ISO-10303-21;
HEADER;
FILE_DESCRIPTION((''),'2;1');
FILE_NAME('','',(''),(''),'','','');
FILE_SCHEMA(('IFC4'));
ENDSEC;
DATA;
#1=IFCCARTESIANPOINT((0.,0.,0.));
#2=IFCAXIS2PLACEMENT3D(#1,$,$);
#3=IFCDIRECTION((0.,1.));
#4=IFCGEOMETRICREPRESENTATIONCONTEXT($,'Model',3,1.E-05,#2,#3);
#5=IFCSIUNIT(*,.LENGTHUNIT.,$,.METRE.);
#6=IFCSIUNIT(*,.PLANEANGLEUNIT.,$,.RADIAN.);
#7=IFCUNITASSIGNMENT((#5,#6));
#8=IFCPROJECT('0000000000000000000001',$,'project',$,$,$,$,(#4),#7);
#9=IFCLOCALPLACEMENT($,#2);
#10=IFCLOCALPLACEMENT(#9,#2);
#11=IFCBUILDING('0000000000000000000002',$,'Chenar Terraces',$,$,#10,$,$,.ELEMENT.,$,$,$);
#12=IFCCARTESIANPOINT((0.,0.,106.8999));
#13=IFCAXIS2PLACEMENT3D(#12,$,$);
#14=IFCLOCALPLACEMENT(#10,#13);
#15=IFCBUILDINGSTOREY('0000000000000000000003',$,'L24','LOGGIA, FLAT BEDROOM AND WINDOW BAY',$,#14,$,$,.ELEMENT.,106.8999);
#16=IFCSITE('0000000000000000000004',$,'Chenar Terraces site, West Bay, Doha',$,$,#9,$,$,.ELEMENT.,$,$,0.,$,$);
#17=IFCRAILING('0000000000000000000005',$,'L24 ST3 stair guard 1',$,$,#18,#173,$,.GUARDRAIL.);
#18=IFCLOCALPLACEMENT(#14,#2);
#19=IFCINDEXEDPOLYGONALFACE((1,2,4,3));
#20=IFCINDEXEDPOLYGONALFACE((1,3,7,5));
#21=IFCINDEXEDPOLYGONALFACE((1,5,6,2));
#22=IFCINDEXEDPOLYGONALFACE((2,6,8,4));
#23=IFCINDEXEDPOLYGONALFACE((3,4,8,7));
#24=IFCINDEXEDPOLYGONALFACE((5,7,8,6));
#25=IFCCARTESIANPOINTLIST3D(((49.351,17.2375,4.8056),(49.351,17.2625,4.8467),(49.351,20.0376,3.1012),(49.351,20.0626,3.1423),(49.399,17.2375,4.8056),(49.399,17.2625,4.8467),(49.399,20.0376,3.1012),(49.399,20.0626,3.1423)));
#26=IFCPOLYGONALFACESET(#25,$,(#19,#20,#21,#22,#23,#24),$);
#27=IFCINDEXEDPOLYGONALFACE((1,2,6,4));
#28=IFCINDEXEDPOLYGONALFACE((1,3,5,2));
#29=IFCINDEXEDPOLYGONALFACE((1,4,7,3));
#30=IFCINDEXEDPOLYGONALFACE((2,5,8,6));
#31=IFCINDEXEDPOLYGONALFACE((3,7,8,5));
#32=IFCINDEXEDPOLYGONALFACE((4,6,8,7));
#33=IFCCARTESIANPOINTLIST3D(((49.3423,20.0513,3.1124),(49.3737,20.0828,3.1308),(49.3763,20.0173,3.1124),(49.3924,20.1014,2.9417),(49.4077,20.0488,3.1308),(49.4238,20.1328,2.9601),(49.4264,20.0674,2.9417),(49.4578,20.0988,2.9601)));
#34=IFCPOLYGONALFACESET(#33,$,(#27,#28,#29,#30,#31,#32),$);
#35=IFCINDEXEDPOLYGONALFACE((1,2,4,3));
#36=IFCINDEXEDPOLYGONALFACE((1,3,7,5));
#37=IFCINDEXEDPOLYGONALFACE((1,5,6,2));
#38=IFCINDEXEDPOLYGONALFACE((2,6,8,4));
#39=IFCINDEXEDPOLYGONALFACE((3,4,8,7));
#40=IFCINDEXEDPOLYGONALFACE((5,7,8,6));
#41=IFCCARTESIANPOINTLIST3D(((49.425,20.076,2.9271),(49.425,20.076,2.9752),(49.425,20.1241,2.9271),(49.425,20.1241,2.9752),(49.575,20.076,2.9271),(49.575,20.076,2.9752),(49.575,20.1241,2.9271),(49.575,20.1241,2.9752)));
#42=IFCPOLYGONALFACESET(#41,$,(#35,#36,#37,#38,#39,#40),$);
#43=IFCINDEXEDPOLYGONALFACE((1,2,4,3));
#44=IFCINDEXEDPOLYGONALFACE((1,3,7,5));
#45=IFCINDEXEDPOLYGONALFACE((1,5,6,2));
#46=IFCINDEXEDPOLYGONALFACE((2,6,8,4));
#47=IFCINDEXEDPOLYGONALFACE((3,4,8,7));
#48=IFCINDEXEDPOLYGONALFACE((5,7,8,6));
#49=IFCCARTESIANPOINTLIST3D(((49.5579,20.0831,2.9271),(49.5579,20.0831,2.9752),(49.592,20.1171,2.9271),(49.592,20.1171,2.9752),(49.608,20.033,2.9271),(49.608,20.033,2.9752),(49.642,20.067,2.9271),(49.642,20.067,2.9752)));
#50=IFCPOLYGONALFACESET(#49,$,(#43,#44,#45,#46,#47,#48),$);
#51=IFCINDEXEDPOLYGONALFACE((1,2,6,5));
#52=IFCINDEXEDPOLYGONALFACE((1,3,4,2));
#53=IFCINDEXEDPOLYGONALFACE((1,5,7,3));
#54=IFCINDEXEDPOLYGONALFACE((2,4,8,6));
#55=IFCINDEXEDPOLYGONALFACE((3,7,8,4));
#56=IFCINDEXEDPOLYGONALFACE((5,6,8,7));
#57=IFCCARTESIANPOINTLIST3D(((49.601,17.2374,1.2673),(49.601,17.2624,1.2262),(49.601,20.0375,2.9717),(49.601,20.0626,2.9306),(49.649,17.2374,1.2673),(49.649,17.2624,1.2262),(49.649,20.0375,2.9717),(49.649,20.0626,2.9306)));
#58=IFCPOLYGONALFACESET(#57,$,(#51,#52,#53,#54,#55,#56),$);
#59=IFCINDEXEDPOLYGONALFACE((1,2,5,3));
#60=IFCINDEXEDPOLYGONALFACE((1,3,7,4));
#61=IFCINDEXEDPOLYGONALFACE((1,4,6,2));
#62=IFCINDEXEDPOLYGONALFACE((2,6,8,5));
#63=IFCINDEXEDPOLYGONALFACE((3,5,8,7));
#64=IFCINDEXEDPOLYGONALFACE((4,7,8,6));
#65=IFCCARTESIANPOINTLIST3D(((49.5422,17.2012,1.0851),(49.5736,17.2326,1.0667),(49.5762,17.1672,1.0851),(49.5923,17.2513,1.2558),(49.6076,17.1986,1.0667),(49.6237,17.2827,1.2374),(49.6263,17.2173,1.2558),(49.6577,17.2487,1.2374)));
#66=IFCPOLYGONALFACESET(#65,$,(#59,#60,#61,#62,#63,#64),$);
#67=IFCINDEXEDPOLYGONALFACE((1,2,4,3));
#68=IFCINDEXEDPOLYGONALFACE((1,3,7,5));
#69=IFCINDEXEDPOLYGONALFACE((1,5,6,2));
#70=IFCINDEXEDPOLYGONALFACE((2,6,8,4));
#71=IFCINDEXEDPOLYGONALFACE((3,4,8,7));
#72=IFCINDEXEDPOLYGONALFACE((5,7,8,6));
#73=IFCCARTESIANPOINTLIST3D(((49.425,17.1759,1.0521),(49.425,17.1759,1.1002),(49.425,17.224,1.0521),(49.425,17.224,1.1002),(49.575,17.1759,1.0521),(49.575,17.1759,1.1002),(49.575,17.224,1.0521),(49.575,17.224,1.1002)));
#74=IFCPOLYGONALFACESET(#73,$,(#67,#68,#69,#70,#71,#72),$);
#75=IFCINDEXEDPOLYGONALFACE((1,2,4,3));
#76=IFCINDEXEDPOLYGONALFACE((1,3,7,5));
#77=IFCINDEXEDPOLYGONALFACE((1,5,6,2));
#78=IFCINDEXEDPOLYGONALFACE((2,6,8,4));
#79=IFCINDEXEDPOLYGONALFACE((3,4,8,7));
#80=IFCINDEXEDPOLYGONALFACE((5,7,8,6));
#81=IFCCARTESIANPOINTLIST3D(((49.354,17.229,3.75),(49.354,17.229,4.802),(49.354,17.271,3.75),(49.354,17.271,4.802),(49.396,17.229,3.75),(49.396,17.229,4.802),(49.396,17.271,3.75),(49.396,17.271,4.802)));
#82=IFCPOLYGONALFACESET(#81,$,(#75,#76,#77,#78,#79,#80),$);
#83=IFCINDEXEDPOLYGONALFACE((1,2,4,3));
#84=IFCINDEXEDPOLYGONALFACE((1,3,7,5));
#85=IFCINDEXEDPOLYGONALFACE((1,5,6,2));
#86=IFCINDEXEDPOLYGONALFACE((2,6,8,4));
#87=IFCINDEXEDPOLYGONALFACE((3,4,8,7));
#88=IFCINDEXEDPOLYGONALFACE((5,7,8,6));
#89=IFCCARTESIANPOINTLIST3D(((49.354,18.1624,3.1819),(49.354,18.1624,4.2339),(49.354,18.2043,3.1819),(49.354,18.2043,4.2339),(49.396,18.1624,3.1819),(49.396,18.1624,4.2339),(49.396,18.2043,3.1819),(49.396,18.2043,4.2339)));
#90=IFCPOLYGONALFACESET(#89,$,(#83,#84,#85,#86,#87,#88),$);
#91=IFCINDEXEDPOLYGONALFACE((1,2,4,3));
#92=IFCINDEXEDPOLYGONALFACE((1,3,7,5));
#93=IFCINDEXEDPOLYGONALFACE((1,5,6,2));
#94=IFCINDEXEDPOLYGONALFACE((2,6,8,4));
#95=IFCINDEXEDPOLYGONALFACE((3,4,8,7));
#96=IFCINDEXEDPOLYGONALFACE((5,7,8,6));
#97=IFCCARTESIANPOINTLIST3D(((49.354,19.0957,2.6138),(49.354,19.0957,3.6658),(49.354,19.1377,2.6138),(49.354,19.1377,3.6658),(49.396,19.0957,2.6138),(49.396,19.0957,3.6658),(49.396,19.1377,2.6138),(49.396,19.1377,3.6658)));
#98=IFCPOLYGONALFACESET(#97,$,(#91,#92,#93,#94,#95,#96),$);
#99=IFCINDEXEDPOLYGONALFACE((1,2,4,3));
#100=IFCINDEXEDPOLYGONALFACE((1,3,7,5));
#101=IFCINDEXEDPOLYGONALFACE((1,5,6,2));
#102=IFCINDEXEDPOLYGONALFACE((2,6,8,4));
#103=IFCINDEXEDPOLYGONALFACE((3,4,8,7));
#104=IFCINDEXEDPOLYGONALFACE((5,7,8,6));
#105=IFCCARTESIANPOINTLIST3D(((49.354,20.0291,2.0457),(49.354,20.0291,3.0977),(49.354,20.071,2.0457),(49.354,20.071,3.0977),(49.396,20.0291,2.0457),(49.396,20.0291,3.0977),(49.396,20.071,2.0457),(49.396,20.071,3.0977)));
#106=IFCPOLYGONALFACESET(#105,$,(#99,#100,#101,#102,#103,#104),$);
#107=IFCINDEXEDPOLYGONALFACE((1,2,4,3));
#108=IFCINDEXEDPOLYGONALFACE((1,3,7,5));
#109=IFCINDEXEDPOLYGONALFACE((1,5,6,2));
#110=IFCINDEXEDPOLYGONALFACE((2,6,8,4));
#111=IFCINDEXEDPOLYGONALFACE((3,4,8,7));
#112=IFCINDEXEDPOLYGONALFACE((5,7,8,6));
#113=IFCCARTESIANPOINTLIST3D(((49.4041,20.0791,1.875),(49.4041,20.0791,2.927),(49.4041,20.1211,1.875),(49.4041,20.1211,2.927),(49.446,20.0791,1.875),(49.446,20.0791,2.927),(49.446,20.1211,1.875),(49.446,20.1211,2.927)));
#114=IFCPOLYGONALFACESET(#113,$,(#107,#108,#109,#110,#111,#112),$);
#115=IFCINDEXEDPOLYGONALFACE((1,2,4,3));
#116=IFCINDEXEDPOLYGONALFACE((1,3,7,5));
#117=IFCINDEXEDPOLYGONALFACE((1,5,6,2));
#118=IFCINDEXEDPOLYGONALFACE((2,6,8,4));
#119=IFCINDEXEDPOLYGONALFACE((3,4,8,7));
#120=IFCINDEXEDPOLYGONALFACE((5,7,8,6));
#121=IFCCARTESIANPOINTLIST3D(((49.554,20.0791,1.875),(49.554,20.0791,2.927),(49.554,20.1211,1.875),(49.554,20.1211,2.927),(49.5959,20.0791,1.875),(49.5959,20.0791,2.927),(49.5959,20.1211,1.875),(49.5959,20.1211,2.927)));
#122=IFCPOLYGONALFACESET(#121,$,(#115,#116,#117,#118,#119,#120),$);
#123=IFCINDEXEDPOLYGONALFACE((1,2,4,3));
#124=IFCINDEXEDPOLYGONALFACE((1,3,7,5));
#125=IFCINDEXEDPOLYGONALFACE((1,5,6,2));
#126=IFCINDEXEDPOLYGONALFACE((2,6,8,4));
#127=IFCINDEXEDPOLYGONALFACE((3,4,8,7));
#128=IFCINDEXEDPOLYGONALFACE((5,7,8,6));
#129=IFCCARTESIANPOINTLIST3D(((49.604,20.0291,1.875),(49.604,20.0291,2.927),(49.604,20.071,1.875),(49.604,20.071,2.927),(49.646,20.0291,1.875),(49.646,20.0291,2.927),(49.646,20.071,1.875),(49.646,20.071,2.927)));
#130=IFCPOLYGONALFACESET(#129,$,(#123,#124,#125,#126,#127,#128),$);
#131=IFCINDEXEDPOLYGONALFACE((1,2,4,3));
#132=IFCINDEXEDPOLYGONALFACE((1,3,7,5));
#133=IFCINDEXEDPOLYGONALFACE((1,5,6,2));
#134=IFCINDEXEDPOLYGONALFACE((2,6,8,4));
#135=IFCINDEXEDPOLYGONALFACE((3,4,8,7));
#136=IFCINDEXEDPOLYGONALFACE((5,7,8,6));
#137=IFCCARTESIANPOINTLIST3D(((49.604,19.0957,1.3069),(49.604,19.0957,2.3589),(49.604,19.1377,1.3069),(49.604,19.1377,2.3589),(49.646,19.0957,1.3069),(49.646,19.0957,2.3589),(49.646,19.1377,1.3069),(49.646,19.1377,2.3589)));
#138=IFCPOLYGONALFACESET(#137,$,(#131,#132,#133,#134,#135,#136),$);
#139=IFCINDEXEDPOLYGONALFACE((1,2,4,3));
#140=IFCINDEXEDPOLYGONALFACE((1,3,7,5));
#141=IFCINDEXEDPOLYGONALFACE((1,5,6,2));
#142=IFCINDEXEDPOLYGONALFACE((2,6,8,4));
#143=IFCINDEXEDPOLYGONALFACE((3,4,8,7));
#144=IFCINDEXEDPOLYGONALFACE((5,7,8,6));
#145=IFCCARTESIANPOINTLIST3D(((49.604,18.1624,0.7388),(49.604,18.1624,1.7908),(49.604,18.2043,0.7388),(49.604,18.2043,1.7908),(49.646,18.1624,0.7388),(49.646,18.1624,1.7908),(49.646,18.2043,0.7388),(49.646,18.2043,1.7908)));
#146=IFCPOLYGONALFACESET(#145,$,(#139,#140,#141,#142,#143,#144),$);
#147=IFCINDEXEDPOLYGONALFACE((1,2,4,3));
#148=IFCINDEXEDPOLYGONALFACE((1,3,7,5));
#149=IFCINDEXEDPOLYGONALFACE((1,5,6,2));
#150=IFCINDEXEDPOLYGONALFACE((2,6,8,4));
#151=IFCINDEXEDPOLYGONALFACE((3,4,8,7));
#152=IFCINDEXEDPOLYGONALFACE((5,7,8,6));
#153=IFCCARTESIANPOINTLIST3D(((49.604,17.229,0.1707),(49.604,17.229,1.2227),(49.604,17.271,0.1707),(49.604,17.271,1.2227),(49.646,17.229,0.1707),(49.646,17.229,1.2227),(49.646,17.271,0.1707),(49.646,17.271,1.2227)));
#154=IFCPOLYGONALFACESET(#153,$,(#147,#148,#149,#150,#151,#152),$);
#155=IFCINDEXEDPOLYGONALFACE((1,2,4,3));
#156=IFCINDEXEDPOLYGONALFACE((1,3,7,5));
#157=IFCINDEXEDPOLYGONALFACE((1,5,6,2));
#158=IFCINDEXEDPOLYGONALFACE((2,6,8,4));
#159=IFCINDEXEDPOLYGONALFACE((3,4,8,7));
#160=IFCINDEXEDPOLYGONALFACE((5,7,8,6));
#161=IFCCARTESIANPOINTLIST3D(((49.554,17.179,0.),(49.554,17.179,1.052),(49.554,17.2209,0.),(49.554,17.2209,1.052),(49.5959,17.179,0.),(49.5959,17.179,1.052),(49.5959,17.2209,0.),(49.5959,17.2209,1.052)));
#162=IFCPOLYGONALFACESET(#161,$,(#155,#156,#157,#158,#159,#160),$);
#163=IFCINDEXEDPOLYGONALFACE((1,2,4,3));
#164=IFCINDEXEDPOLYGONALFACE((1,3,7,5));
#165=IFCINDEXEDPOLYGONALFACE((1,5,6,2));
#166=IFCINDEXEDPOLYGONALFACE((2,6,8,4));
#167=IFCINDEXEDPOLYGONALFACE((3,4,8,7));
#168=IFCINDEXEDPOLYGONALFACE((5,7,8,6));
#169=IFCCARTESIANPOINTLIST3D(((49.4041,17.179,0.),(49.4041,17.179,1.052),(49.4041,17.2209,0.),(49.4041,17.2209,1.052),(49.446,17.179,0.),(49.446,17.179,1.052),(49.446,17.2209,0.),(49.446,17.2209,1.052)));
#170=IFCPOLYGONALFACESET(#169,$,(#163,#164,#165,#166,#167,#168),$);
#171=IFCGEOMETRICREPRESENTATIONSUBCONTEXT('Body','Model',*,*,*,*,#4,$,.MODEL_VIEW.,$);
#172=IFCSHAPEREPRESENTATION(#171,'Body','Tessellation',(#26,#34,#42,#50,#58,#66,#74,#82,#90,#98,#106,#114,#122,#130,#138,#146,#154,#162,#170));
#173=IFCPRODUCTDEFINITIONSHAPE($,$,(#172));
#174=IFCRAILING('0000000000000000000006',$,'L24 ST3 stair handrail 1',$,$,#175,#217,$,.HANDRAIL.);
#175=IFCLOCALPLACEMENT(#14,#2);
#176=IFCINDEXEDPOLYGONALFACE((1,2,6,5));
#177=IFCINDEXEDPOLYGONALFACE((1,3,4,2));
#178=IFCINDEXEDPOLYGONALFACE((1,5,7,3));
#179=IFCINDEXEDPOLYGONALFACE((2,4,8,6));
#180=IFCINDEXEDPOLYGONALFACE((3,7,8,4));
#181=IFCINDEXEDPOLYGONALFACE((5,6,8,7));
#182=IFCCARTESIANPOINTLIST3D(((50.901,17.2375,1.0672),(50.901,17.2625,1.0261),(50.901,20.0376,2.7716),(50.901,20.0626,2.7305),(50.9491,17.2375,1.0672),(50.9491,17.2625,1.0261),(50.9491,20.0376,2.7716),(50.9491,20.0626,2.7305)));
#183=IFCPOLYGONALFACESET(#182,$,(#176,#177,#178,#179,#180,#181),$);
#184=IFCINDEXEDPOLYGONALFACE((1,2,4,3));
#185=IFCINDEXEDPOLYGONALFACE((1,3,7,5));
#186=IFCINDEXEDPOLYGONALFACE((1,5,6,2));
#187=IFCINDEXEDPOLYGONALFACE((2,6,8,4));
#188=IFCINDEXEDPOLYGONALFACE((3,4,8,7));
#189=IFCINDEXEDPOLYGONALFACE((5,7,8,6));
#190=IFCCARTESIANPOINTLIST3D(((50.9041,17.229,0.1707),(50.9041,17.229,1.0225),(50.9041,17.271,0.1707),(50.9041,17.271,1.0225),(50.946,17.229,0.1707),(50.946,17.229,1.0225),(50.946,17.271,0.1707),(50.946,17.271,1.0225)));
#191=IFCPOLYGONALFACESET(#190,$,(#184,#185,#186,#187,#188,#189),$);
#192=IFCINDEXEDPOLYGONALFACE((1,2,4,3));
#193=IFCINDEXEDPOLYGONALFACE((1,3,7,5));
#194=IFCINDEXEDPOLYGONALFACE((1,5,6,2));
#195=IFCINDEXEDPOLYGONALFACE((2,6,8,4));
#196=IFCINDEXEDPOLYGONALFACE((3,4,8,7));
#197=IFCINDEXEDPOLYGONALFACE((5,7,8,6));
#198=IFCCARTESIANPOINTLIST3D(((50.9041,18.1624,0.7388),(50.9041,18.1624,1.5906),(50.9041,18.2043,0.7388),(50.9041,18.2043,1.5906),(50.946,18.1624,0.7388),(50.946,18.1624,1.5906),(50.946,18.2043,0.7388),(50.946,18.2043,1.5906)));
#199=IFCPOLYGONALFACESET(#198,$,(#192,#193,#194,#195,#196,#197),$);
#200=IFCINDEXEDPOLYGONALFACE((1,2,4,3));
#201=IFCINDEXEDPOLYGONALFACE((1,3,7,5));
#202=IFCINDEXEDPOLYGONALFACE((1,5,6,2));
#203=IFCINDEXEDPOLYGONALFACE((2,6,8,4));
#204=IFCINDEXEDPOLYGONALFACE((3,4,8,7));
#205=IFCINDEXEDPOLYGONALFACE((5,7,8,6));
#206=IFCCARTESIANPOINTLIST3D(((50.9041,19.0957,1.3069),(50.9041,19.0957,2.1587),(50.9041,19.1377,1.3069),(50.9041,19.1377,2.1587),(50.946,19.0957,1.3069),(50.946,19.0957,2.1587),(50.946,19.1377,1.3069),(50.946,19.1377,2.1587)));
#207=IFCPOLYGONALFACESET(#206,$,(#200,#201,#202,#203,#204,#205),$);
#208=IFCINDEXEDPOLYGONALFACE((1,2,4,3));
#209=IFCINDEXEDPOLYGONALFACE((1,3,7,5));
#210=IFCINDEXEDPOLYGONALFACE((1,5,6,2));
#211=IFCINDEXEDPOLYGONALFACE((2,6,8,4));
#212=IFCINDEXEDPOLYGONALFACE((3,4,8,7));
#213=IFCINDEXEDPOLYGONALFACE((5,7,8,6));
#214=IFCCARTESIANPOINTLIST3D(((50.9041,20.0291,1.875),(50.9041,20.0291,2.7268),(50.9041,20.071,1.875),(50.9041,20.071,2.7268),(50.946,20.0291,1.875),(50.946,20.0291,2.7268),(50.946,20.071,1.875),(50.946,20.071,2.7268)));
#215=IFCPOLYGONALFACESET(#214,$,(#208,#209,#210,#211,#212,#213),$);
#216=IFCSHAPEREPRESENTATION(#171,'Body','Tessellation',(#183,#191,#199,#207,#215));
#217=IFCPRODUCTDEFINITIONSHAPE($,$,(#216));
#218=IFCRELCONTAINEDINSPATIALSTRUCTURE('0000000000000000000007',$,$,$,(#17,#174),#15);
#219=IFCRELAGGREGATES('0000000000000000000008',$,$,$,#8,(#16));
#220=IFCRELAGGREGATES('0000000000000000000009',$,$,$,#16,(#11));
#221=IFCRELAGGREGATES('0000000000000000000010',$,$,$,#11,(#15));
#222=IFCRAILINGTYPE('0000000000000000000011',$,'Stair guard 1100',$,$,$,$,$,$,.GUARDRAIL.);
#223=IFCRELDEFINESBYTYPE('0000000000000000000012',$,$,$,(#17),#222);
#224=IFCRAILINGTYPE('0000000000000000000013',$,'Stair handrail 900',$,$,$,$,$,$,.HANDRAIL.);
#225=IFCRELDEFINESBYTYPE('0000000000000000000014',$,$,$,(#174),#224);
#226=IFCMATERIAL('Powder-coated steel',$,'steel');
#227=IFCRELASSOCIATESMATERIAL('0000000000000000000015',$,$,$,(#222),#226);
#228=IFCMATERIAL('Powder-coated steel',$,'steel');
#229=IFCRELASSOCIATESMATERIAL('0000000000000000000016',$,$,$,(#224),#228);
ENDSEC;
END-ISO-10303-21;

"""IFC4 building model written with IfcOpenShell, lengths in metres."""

from ifc_helpers import new_model, si_unit, direction, frame, origin, origin_2d, place, context, subcontext, project, spatial, rectangle, extrude, material, type_object, element, save


model = new_model("IFC4")

# Units and contexts
model_context = context("Model", 3, precision=1e-05, world=origin(), true_north=direction((0.0, 1.0)))
body_context = subcontext(model_context, "Body", "Model", "MODEL_VIEW")
ifc_project = project(units=[si_unit("LENGTHUNIT", "METRE"), si_unit("PLANEANGLEUNIT", "RADIAN")], contexts=[model_context])

# Site, building, storey
site_placement = place(None, origin())
site = spatial("IfcSite", under=ifc_project, at=site_placement, Name="Chenar Terraces site, West Bay, Doha", CompositionType="ELEMENT", RefElevation=0.0)
building_placement = place(site_placement, origin())
building = spatial("IfcBuilding", under=site, at=building_placement, Name="Chenar Terraces", CompositionType="ELEMENT")
storey_placement = place(building_placement, frame((0.0, 0.0, 106.8999)))
storey = spatial("IfcBuildingStorey", under=building, at=storey_placement, Name="L24", Description="LOGGIA, FLAT BEDROOM AND WINDOW BAY", CompositionType="ELEMENT", Elevation=106.8999)

# Railings
ifc_material_1 = material(Name="Powder-coated steel", Category="steel")
railing_type_1 = type_object("IfcRailingType", Name="Stair guard 1100", PredefinedType="GUARDRAIL", material=ifc_material_1)
railing_1_placement = place(storey_placement, frame((49.375, 17.25, 3.75)))
element("IfcRailing", 1, at=railing_1_placement, inside=storey, type_object=railing_type_1, Name="L24 ST3 stair guard 1", PredefinedType="GUARDRAIL", context=body_context, shape_type="SweptSolid", body=[
    extrude(rectangle(XDim=0.0481, YDim=0.0481, at=origin_2d()), frame((0.0, 0.0, 1.0762), z_axis=(0.0, 0.854203, -0.51994), x_axis=(-1.0, 0.0, 0.0)), (0.0, 0.0, 1.0), 3.2781),
    extrude(rectangle(XDim=0.0481, YDim=0.0481, at=origin_2d()), frame((0.0, 2.8, -0.6284), z_axis=(0.2709, 0.2709, -0.923703), x_axis=(-0.707107, 0.707107, 0.0)), (0.0, 0.0, 1.0), 0.1848),
    extrude(rectangle(XDim=0.0481, YDim=0.0481, at=origin_2d()), frame((0.05, 2.8501, -0.7988), z_axis=(1.0, 0.0, 0.0), x_axis=(0.0, 1.0, 0.0)), (0.0, 0.0, 1.0), 0.1499),
    extrude(rectangle(XDim=0.0481, YDim=0.0481, at=origin_2d()), frame((0.2, 2.8501, -0.7988), z_axis=(0.707107, -0.707107, 0.0), x_axis=(0.707107, 0.707107, 0.0)), (0.0, 0.0, 1.0), 0.0708),
    extrude(rectangle(XDim=0.0481, YDim=0.0481, at=origin_2d()), frame((0.25, 2.8, -0.7988), z_axis=(0.0, -0.854203, -0.51994), x_axis=(1.0, 0.0, 0.0)), (0.0, 0.0, 1.0), 3.2781),
    extrude(rectangle(XDim=0.0481, YDim=0.0481, at=origin_2d()), frame((0.25, 0.0, -2.5034), z_axis=(-0.2709, -0.2709, -0.923703), x_axis=(0.707107, -0.707107, 0.0)), (0.0, 0.0, 1.0), 0.1848),
    extrude(rectangle(XDim=0.0481, YDim=0.0481, at=origin_2d()), frame((0.2, -0.05, -2.6738), z_axis=(-1.0, 0.0, 0.0), x_axis=(0.0, -1.0, 0.0)), (0.0, 0.0, 1.0), 0.1499),
    extrude(rectangle(XDim=0.042, YDim=0.042, at=origin_2d()), origin(), (0.0, 0.0, 1.0), 1.052),
    extrude(rectangle(XDim=0.042, YDim=0.042, at=origin_2d()), frame((0.0, 0.9333, -0.5681)), (0.0, 0.0, 1.0), 1.052),
    extrude(rectangle(XDim=0.042, YDim=0.042, at=origin_2d()), frame((0.0, 1.8667, -1.1362)), (0.0, 0.0, 1.0), 1.052),
    extrude(rectangle(XDim=0.042, YDim=0.042, at=origin_2d()), frame((0.0, 2.8, -1.7043)), (0.0, 0.0, 1.0), 1.052),
    extrude(rectangle(XDim=0.042, YDim=0.042, at=origin_2d()), frame((0.05, 2.8501, -1.875)), (0.0, 0.0, 1.0), 1.052),
    extrude(rectangle(XDim=0.042, YDim=0.042, at=origin_2d()), frame((0.2, 2.8501, -1.875)), (0.0, 0.0, 1.0), 1.052),
    extrude(rectangle(XDim=0.042, YDim=0.042, at=origin_2d()), frame((0.25, 2.8, -1.875)), (0.0, 0.0, 1.0), 1.052),
    extrude(rectangle(XDim=0.042, YDim=0.042, at=origin_2d()), frame((0.25, 1.8667, -2.4431)), (0.0, 0.0, 1.0), 1.052),
    extrude(rectangle(XDim=0.042, YDim=0.042, at=origin_2d()), frame((0.25, 0.9333, -3.0112)), (0.0, 0.0, 1.0), 1.052),
    extrude(rectangle(XDim=0.042, YDim=0.042, at=origin_2d()), frame((0.25, 0.0, -3.5793)), (0.0, 0.0, 1.0), 1.052),
    extrude(rectangle(XDim=0.042, YDim=0.042, at=origin_2d()), frame((0.2, -0.05, -3.75)), (0.0, 0.0, 1.0), 1.052),
    extrude(rectangle(XDim=0.042, YDim=0.042, at=origin_2d()), frame((0.05, -0.05, -3.75)), (0.0, 0.0, 1.0), 1.052),
])
ifc_material_2 = material(Name="Powder-coated steel", Category="steel")
railing_type_2 = type_object("IfcRailingType", Name="Stair handrail 900", PredefinedType="HANDRAIL", material=ifc_material_2)
railing_2_placement = place(storey_placement, frame((50.925, 17.25, 0.1707)))
element("IfcRailing", 2, at=railing_2_placement, inside=storey, type_object=railing_type_2, Name="L24 ST3 stair handrail 1", PredefinedType="HANDRAIL", context=body_context, shape_type="SweptSolid", body=[
    extrude(rectangle(XDim=0.0481, YDim=0.0481, at=origin_2d()), frame((0.0, 0.0, 0.876), z_axis=(0.0, 0.854203, 0.51994), x_axis=(-1.0, 0.0, 0.0)), (0.0, 0.0, 1.0), 3.2781),
    extrude(rectangle(XDim=0.042, YDim=0.042, at=origin_2d()), origin(), (0.0, 0.0, 1.0), 0.8518),
    extrude(rectangle(XDim=0.042, YDim=0.042, at=origin_2d()), frame((0.0, 0.9333, 0.5681)), (0.0, 0.0, 1.0), 0.8518),
    extrude(rectangle(XDim=0.042, YDim=0.042, at=origin_2d()), frame((0.0, 1.8667, 1.1362)), (0.0, 0.0, 1.0), 0.8518),
    extrude(rectangle(XDim=0.042, YDim=0.042, at=origin_2d()), frame((0.0, 2.8, 1.7043)), (0.0, 0.0, 1.0), 0.8518),
])

save(model, "model.ifc")
